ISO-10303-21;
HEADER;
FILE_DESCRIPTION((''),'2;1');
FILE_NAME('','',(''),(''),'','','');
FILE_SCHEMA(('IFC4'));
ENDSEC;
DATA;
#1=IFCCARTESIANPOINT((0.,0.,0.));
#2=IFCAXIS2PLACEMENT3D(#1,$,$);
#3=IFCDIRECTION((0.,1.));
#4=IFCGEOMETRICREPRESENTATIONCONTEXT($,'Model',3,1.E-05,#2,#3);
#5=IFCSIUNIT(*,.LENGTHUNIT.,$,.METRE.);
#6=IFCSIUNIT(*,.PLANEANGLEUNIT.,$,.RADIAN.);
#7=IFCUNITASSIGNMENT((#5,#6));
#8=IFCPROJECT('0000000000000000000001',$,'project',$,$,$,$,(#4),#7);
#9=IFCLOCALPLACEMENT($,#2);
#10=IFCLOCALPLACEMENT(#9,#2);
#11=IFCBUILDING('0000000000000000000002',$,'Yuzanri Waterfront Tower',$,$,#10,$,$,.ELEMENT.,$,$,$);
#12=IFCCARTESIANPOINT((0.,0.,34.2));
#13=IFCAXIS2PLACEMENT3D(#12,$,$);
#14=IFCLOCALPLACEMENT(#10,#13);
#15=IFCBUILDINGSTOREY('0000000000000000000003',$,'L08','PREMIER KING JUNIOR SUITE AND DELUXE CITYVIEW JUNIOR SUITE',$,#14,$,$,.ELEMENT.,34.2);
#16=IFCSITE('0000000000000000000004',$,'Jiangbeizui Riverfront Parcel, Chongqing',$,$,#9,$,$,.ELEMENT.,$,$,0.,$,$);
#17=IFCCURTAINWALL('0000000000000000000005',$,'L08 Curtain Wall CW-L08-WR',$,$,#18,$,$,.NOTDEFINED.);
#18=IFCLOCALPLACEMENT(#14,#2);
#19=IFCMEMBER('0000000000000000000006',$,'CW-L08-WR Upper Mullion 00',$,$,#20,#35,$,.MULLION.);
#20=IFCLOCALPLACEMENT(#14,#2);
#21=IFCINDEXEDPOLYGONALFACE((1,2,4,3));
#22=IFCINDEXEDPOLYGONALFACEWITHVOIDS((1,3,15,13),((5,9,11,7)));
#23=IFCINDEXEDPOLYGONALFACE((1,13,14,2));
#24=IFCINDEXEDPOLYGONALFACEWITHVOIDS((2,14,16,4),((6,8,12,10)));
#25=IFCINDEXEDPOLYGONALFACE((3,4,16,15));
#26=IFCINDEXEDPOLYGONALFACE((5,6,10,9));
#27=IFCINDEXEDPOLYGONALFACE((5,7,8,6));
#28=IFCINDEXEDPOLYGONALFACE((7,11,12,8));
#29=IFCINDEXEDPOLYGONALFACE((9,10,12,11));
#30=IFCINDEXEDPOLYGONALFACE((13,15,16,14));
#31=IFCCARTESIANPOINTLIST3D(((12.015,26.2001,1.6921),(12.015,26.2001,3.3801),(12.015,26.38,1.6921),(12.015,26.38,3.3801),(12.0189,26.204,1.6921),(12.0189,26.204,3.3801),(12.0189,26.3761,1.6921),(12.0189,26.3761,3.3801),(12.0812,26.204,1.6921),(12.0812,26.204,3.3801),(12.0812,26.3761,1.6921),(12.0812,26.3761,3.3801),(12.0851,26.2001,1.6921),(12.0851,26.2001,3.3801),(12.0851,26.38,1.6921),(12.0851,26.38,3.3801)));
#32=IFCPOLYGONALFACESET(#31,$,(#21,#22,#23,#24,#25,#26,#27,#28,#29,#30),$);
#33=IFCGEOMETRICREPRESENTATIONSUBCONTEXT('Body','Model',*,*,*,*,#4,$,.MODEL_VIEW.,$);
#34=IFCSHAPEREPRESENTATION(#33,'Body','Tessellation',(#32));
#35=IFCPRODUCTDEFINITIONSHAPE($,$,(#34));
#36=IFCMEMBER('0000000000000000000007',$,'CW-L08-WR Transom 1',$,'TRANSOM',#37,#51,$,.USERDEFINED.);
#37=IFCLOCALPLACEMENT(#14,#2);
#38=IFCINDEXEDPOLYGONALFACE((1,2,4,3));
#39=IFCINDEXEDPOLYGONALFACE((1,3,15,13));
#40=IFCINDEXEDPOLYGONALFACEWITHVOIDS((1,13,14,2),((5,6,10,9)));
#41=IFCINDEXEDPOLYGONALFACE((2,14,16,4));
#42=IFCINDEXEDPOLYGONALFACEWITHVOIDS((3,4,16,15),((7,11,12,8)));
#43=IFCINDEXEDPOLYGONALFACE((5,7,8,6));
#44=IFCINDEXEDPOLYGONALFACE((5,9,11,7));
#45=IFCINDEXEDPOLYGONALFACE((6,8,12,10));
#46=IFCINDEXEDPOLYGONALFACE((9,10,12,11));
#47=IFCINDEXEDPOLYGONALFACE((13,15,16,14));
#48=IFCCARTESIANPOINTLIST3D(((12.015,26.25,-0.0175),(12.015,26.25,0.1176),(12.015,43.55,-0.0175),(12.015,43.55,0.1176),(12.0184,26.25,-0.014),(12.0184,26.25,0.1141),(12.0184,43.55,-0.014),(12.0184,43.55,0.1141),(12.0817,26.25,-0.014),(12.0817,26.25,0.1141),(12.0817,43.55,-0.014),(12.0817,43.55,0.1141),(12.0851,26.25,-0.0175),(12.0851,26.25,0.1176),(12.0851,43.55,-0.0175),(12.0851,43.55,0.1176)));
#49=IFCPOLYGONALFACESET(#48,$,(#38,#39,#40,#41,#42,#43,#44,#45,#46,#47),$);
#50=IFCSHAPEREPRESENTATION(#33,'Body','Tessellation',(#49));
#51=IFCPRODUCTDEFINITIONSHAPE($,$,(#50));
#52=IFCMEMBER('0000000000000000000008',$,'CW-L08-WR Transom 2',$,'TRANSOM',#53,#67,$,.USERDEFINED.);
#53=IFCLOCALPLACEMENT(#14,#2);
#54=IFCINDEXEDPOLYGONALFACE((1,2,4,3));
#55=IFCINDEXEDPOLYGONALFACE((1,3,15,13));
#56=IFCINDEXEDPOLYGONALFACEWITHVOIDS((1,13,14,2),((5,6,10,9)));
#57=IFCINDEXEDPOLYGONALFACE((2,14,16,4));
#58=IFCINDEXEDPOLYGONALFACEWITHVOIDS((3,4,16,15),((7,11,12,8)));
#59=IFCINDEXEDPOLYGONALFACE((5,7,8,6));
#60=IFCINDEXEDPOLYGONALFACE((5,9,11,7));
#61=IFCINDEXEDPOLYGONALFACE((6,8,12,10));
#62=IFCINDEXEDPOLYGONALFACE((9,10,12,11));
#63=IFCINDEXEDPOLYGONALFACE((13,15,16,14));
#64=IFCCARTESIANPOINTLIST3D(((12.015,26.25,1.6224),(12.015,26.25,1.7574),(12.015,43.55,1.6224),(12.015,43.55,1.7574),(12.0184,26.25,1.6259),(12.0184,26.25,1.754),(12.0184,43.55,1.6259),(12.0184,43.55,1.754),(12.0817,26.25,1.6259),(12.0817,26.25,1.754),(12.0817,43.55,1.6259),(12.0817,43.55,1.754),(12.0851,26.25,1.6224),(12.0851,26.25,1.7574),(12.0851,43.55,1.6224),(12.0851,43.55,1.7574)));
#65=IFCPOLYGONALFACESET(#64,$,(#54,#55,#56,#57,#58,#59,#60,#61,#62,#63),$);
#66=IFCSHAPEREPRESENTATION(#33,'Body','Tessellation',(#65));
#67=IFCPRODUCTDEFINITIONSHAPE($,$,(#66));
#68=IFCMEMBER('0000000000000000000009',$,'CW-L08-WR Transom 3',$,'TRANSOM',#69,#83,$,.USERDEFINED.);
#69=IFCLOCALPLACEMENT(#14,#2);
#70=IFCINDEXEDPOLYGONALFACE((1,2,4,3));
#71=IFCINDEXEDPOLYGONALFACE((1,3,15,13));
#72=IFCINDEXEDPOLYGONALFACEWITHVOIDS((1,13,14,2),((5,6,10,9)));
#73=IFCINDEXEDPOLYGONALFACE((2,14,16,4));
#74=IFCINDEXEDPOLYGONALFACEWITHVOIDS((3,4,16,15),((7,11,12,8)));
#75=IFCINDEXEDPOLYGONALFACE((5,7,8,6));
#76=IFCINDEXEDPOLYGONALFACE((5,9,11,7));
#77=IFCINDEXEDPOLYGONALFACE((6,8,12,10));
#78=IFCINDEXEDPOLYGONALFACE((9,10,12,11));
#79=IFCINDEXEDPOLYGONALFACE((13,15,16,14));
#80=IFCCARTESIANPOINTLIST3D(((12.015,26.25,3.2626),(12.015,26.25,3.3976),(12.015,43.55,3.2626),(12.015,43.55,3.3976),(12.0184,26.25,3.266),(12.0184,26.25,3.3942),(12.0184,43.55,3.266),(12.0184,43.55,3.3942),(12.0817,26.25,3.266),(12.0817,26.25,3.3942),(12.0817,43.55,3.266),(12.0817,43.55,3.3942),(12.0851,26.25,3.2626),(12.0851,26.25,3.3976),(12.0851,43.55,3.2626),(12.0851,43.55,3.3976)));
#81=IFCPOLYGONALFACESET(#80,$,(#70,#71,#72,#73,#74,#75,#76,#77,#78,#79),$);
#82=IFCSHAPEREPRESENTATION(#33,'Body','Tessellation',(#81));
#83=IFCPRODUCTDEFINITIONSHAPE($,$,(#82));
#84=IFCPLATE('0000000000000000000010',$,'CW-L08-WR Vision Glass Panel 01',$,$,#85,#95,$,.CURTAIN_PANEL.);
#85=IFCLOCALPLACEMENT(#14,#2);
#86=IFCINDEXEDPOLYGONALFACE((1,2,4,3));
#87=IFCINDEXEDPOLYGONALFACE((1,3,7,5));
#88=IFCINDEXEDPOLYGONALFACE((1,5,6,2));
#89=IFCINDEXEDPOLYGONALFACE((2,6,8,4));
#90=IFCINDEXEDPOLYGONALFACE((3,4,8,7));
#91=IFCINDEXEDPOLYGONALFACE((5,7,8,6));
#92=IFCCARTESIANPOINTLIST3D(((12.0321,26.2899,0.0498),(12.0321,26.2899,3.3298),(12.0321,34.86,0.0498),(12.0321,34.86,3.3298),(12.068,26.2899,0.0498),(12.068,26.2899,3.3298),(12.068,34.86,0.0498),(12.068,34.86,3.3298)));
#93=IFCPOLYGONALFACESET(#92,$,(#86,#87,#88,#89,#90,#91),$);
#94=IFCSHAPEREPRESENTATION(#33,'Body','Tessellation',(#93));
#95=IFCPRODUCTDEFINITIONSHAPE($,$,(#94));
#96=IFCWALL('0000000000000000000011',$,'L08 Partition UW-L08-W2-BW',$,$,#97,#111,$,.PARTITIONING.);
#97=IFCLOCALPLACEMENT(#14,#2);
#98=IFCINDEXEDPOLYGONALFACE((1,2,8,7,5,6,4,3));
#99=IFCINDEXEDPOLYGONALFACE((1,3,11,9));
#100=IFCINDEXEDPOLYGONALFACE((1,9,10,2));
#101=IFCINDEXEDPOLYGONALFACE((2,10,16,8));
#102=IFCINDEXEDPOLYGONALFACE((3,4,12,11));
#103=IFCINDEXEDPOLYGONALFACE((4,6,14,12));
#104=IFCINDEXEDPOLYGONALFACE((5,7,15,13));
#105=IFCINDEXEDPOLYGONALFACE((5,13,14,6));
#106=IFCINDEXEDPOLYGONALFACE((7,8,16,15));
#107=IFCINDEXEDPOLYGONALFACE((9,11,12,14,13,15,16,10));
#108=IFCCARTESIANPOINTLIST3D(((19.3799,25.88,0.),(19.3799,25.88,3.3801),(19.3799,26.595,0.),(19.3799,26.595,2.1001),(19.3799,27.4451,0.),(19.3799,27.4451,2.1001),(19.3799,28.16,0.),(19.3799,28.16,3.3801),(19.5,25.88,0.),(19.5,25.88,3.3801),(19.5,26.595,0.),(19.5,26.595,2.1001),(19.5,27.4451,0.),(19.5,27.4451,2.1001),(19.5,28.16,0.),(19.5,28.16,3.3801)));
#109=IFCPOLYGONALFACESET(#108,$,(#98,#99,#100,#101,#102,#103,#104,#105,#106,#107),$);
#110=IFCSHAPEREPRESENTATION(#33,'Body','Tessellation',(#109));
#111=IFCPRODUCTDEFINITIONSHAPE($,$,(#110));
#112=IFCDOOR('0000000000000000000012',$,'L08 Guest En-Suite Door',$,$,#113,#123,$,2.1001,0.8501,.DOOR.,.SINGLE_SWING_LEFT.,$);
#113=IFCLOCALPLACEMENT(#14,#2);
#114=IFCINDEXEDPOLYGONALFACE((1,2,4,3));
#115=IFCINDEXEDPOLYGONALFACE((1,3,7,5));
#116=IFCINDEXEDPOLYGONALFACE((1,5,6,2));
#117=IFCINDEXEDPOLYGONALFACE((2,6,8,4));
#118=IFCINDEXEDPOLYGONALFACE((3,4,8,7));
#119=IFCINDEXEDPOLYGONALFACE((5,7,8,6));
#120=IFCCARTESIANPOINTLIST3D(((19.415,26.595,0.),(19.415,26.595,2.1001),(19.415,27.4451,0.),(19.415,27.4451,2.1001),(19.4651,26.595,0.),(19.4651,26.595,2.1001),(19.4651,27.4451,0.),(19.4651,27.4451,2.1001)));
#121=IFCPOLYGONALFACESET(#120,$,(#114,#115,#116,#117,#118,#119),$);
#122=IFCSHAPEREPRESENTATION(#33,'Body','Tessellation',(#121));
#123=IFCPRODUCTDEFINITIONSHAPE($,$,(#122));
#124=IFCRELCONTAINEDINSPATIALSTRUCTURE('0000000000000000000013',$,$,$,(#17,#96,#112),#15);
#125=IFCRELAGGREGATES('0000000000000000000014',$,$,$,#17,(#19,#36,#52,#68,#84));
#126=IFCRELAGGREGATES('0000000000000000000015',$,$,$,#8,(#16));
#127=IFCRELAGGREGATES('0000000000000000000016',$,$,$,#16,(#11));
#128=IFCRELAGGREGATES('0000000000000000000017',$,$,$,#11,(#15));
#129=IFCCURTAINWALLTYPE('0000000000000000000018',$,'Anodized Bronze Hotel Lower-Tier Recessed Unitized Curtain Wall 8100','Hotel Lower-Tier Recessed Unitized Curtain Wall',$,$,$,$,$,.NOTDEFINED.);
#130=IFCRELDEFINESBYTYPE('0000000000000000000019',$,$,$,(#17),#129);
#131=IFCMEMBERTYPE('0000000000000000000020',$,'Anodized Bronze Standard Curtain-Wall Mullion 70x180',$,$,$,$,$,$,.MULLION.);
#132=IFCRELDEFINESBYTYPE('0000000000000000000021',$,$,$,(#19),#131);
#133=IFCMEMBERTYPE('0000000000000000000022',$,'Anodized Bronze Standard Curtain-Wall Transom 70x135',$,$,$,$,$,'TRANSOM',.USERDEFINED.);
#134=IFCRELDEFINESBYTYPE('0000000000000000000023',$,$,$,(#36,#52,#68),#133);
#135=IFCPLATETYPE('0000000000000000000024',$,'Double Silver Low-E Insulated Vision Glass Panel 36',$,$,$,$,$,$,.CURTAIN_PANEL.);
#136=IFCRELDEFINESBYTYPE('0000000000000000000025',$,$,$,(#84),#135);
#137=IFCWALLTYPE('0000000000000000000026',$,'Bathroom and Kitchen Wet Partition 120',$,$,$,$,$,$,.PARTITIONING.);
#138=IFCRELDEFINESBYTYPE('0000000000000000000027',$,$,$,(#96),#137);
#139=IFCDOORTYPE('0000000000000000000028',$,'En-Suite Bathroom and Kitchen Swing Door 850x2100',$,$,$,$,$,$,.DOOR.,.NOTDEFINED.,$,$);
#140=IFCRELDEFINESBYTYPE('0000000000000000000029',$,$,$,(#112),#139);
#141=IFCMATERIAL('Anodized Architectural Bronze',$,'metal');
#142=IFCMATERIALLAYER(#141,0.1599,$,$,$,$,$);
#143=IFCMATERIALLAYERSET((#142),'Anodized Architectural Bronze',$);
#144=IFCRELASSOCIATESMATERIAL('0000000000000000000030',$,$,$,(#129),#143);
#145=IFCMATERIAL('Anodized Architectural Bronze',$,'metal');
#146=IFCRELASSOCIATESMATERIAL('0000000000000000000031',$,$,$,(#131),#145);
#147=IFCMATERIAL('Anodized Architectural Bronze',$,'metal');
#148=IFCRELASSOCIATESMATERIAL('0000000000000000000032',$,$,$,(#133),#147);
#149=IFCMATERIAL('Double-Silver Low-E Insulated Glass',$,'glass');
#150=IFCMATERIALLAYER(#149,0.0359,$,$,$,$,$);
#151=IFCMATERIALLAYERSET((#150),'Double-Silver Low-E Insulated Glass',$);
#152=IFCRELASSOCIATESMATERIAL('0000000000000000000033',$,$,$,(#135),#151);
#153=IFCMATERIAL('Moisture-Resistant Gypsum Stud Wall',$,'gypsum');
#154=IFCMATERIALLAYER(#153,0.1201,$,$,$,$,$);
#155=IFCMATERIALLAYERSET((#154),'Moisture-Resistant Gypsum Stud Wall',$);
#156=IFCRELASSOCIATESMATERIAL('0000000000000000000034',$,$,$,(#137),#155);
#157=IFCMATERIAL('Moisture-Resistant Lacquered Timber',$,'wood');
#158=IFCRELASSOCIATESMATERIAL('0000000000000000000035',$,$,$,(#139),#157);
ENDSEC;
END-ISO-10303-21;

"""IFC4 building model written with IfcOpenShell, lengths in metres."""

from ifc_helpers import new_model, si_unit, direction, frame, frame_2d, origin, origin_2d, place, context, subcontext, project, spatial, rectangle, hollow_rectangle, extrude, source, transform, mapped, material, layer, layer_set, material_profile, profile_set, type_object, element, fill, aggregate, save


model = new_model("IFC4")

# Units and contexts
model_context = context("Model", 3, precision=1e-05, world=origin(), true_north=direction((0.0, 1.0)))
body_context = subcontext(model_context, "Body", "Model", "MODEL_VIEW")
ifc_project = project(units=[si_unit("LENGTHUNIT", "METRE"), si_unit("PLANEANGLEUNIT", "RADIAN")], contexts=[model_context])

# Site, building, storey
site_placement = place(None, origin())
site = spatial("IfcSite", under=ifc_project, at=site_placement, Name="Jiangbeizui Riverfront Parcel, Chongqing", CompositionType="ELEMENT", RefElevation=0.0)
building_placement = place(site_placement, origin())
building = spatial("IfcBuilding", under=site, at=building_placement, Name="Yuzanri Waterfront Tower", CompositionType="ELEMENT")
storey_placement = place(building_placement, frame((0.0, 0.0, 34.2)))
storey = spatial("IfcBuildingStorey", under=building, at=storey_placement, Name="L08", Description="PREMIER KING JUNIOR SUITE AND DELUXE CITYVIEW JUNIOR SUITE", CompositionType="ELEMENT", Elevation=34.2)

# Shared definitions
ifc_material_1 = material(Name="Anodized Architectural Bronze", Category="metal")
ifc_layer_1 = layer(ifc_material_1, 0.1599)
ifc_layer_set_1 = layer_set([ifc_layer_1], Name="Anodized Architectural Bronze")
curtain_wall_type = type_object("IfcCurtainWallType", Name="Anodized Bronze Hotel Lower-Tier Recessed Unitized Curtain Wall 8100", Description="Hotel Lower-Tier Recessed Unitized Curtain Wall", PredefinedType="NOTDEFINED", material=ifc_layer_set_1)
ifc_material_2 = material(Name="Anodized Architectural Bronze", Category="metal")
ifc_material_profile_1 = material_profile(ifc_material_2, hollow_rectangle(XDim=0.0701, YDim=0.1799, WallThickness=0.0039, at=origin_2d()), Name="CWM 70x180")
ifc_profile_set_1 = profile_set([ifc_material_profile_1], Name="Anodized Architectural Bronze")
member_type_1 = type_object("IfcMemberType", Name="Anodized Bronze Standard Curtain-Wall Mullion 70x180", PredefinedType="MULLION", material=ifc_profile_set_1)
shared_shape_1 = source(origin(), body_context, "Body", "SweptSolid", [
    extrude(hollow_rectangle(XDim=0.0701, YDim=0.1799, WallThickness=0.0039, at=origin_2d()), origin(), (0.0, 0.0, 1.0), 1.688),
])

# Curtain wall, members, plate
curtain_wall_1_placement = place(storey_placement, origin())
curtain_wall_1 = element("IfcCurtainWall", 1, at=curtain_wall_1_placement, inside=storey, type_object=curtain_wall_type, Name="L08 Curtain Wall CW-L08-WR", PredefinedType="NOTDEFINED")
member_1_placement = place(storey_placement, frame((12.05, 26.29, 1.6921), z_axis=(0.0, 0.0, 1.0), x_axis=(1.0, 0.0, 0.0)))
member_1 = element("IfcMember", 2, at=member_1_placement, type_object=member_type_1, Name="CW-L08-WR Upper Mullion 00", PredefinedType="MULLION", context=body_context, shape_type="MappedRepresentation", body=[
    mapped(shared_shape_1, transform((0.0, 0.0, 0.0), scale=1.0)),
])
ifc_material_3 = material(Name="Anodized Architectural Bronze", Category="metal")
ifc_material_profile_2 = material_profile(ifc_material_3, hollow_rectangle(XDim=0.0701, YDim=0.135, WallThickness=0.0034, at=origin_2d()), Name="CWT 70x135")
ifc_profile_set_2 = profile_set([ifc_material_profile_2], Name="Anodized Architectural Bronze")
member_type_2 = type_object("IfcMemberType", Name="Anodized Bronze Standard Curtain-Wall Transom 70x135", ElementType="TRANSOM", PredefinedType="USERDEFINED", material=ifc_profile_set_2)
shared_shape_2 = source(origin(), body_context, "Body", "SweptSolid", [
    extrude(hollow_rectangle(XDim=0.0701, YDim=0.135, WallThickness=0.0034, at=origin_2d()), origin(), (0.0, 0.0, 1.0), 17.3),
])
member_2_placement = place(storey_placement, frame((12.05, 26.25, 0.05), z_axis=(0.0, 1.0, 0.0), x_axis=(-1.0, 0.0, 0.0)))
member_2 = element("IfcMember", 3, at=member_2_placement, type_object=member_type_2, Name="CW-L08-WR Transom 1", ObjectType="TRANSOM", PredefinedType="USERDEFINED", context=body_context, shape_type="MappedRepresentation", body=[
    mapped(shared_shape_2, transform((0.0, 0.0, 0.0), scale=1.0)),
])
member_3_placement = place(storey_placement, frame((12.05, 26.25, 1.6899), z_axis=(0.0, 1.0, 0.0), x_axis=(-1.0, 0.0, 0.0)))
member_3 = element("IfcMember", 4, at=member_3_placement, type_object=member_type_2, Name="CW-L08-WR Transom 2", ObjectType="TRANSOM", PredefinedType="USERDEFINED", context=body_context, shape_type="MappedRepresentation", body=[
    mapped(shared_shape_2, transform((0.0, 0.0, 0.0), scale=1.0)),
])
member_4_placement = place(storey_placement, frame((12.05, 26.25, 3.3301), z_axis=(0.0, 1.0, 0.0), x_axis=(-1.0, 0.0, 0.0)))
member_4 = element("IfcMember", 5, at=member_4_placement, type_object=member_type_2, Name="CW-L08-WR Transom 3", ObjectType="TRANSOM", PredefinedType="USERDEFINED", context=body_context, shape_type="MappedRepresentation", body=[
    mapped(shared_shape_2, transform((0.0, 0.0, 0.0), scale=1.0)),
])
ifc_material_4 = material(Name="Double-Silver Low-E Insulated Glass", Category="glass")
ifc_layer_2 = layer(ifc_material_4, 0.0359)
ifc_layer_set_2 = layer_set([ifc_layer_2], Name="Double-Silver Low-E Insulated Glass")
plate_type = type_object("IfcPlateType", Name="Double Silver Low-E Insulated Vision Glass Panel 36", PredefinedType="CURTAIN_PANEL", material=ifc_layer_set_2)
shared_shape_3 = source(origin(), body_context, "Body", "SweptSolid", [
    extrude(rectangle(XDim=8.5701, YDim=0.0359, at=origin_2d()), origin(), (0.0, 0.0, 1.0), 3.28),
])
plate_placement = place(storey_placement, frame((12.05, 30.575, 0.0498), z_axis=(0.0, 0.0, 1.0), x_axis=(0.0, 1.0, 0.0)))
plate = element("IfcPlate", 6, at=plate_placement, type_object=plate_type, Name="CW-L08-WR Vision Glass Panel 01", PredefinedType="CURTAIN_PANEL", context=body_context, shape_type="MappedRepresentation", body=[
    mapped(shared_shape_3, transform((0.0, 0.0, 0.0), scale=1.0)),
])
aggregate(curtain_wall_1, [member_1, member_2, member_3, member_4, plate])

# Wall, opening, door
ifc_material_5 = material(Name="Moisture-Resistant Gypsum Stud Wall", Category="gypsum")
ifc_layer_3 = layer(ifc_material_5, 0.1201)
ifc_layer_set_3 = layer_set([ifc_layer_3], Name="Moisture-Resistant Gypsum Stud Wall")
wall_type_1 = type_object("IfcWallType", Name="Bathroom and Kitchen Wet Partition 120", PredefinedType="PARTITIONING", material=ifc_layer_set_3)
wall_1_placement = place(storey_placement, frame((19.4399, 25.8799, 0.0), z_axis=(0.0, 0.0, 1.0), x_axis=(0.0, 1.0, 0.0)))
wall_1 = element("IfcWall", 7, at=wall_1_placement, inside=storey, type_object=wall_type_1, Name="L08 Partition UW-L08-W2-BW", PredefinedType="PARTITIONING", context=body_context, shape_type="SweptSolid", body=[
    extrude(rectangle(XDim=2.28, YDim=0.1201, at=frame_2d((1.1401, 0.0))), origin(), (0.0, 0.0, 1.0), 3.3801),
])
opening_1_placement = place(wall_1_placement, frame((0.7151, 0.0, 0.0)))
opening_1 = element("IfcOpeningElement", 8, at=opening_1_placement, cuts=wall_1, PredefinedType="OPENING", context=body_context, shape_type="SweptSolid", body=[
    extrude(rectangle(XDim=0.8501, YDim=2.1001, at=frame_2d((0.425, 1.05))), frame((0.0, 0.075, 0.0), z_axis=(0.0, -1.0, 0.0), x_axis=(1.0, 0.0, 0.0)), (0.0, 0.0, 1.0), 0.1499),
])
ifc_material_6 = material(Name="Moisture-Resistant Lacquered Timber", Category="wood")
door_type_1 = type_object("IfcDoorType", Name="En-Suite Bathroom and Kitchen Swing Door 850x2100", OperationType="NOTDEFINED", PredefinedType="DOOR", material=ifc_material_6)
shared_shape_4 = source(origin(), body_context, "Body", "SweptSolid", [
    extrude(rectangle(XDim=0.8501, YDim=2.1001, at=frame_2d((0.425, 1.05))), frame((0.0, 0.0249, 0.0), z_axis=(0.0, -1.0, 0.0), x_axis=(1.0, 0.0, 0.0)), (0.0, 0.0, 1.0), 0.05),
])
door_1_placement = place(opening_1_placement, origin())
door_1 = element("IfcDoor", 9, at=door_1_placement, inside=storey, type_object=door_type_1, Name="L08 Guest En-Suite Door", OperationType="SINGLE_SWING_LEFT", OverallHeight=2.1001, OverallWidth=0.8501, PredefinedType="DOOR", context=body_context, shape_type="MappedRepresentation", body=[
    mapped(shared_shape_4, transform((0.0, 0.0, 0.0), scale=1.0)),
])
fill(opening_1, door_1)

save(model, "model.ifc")
